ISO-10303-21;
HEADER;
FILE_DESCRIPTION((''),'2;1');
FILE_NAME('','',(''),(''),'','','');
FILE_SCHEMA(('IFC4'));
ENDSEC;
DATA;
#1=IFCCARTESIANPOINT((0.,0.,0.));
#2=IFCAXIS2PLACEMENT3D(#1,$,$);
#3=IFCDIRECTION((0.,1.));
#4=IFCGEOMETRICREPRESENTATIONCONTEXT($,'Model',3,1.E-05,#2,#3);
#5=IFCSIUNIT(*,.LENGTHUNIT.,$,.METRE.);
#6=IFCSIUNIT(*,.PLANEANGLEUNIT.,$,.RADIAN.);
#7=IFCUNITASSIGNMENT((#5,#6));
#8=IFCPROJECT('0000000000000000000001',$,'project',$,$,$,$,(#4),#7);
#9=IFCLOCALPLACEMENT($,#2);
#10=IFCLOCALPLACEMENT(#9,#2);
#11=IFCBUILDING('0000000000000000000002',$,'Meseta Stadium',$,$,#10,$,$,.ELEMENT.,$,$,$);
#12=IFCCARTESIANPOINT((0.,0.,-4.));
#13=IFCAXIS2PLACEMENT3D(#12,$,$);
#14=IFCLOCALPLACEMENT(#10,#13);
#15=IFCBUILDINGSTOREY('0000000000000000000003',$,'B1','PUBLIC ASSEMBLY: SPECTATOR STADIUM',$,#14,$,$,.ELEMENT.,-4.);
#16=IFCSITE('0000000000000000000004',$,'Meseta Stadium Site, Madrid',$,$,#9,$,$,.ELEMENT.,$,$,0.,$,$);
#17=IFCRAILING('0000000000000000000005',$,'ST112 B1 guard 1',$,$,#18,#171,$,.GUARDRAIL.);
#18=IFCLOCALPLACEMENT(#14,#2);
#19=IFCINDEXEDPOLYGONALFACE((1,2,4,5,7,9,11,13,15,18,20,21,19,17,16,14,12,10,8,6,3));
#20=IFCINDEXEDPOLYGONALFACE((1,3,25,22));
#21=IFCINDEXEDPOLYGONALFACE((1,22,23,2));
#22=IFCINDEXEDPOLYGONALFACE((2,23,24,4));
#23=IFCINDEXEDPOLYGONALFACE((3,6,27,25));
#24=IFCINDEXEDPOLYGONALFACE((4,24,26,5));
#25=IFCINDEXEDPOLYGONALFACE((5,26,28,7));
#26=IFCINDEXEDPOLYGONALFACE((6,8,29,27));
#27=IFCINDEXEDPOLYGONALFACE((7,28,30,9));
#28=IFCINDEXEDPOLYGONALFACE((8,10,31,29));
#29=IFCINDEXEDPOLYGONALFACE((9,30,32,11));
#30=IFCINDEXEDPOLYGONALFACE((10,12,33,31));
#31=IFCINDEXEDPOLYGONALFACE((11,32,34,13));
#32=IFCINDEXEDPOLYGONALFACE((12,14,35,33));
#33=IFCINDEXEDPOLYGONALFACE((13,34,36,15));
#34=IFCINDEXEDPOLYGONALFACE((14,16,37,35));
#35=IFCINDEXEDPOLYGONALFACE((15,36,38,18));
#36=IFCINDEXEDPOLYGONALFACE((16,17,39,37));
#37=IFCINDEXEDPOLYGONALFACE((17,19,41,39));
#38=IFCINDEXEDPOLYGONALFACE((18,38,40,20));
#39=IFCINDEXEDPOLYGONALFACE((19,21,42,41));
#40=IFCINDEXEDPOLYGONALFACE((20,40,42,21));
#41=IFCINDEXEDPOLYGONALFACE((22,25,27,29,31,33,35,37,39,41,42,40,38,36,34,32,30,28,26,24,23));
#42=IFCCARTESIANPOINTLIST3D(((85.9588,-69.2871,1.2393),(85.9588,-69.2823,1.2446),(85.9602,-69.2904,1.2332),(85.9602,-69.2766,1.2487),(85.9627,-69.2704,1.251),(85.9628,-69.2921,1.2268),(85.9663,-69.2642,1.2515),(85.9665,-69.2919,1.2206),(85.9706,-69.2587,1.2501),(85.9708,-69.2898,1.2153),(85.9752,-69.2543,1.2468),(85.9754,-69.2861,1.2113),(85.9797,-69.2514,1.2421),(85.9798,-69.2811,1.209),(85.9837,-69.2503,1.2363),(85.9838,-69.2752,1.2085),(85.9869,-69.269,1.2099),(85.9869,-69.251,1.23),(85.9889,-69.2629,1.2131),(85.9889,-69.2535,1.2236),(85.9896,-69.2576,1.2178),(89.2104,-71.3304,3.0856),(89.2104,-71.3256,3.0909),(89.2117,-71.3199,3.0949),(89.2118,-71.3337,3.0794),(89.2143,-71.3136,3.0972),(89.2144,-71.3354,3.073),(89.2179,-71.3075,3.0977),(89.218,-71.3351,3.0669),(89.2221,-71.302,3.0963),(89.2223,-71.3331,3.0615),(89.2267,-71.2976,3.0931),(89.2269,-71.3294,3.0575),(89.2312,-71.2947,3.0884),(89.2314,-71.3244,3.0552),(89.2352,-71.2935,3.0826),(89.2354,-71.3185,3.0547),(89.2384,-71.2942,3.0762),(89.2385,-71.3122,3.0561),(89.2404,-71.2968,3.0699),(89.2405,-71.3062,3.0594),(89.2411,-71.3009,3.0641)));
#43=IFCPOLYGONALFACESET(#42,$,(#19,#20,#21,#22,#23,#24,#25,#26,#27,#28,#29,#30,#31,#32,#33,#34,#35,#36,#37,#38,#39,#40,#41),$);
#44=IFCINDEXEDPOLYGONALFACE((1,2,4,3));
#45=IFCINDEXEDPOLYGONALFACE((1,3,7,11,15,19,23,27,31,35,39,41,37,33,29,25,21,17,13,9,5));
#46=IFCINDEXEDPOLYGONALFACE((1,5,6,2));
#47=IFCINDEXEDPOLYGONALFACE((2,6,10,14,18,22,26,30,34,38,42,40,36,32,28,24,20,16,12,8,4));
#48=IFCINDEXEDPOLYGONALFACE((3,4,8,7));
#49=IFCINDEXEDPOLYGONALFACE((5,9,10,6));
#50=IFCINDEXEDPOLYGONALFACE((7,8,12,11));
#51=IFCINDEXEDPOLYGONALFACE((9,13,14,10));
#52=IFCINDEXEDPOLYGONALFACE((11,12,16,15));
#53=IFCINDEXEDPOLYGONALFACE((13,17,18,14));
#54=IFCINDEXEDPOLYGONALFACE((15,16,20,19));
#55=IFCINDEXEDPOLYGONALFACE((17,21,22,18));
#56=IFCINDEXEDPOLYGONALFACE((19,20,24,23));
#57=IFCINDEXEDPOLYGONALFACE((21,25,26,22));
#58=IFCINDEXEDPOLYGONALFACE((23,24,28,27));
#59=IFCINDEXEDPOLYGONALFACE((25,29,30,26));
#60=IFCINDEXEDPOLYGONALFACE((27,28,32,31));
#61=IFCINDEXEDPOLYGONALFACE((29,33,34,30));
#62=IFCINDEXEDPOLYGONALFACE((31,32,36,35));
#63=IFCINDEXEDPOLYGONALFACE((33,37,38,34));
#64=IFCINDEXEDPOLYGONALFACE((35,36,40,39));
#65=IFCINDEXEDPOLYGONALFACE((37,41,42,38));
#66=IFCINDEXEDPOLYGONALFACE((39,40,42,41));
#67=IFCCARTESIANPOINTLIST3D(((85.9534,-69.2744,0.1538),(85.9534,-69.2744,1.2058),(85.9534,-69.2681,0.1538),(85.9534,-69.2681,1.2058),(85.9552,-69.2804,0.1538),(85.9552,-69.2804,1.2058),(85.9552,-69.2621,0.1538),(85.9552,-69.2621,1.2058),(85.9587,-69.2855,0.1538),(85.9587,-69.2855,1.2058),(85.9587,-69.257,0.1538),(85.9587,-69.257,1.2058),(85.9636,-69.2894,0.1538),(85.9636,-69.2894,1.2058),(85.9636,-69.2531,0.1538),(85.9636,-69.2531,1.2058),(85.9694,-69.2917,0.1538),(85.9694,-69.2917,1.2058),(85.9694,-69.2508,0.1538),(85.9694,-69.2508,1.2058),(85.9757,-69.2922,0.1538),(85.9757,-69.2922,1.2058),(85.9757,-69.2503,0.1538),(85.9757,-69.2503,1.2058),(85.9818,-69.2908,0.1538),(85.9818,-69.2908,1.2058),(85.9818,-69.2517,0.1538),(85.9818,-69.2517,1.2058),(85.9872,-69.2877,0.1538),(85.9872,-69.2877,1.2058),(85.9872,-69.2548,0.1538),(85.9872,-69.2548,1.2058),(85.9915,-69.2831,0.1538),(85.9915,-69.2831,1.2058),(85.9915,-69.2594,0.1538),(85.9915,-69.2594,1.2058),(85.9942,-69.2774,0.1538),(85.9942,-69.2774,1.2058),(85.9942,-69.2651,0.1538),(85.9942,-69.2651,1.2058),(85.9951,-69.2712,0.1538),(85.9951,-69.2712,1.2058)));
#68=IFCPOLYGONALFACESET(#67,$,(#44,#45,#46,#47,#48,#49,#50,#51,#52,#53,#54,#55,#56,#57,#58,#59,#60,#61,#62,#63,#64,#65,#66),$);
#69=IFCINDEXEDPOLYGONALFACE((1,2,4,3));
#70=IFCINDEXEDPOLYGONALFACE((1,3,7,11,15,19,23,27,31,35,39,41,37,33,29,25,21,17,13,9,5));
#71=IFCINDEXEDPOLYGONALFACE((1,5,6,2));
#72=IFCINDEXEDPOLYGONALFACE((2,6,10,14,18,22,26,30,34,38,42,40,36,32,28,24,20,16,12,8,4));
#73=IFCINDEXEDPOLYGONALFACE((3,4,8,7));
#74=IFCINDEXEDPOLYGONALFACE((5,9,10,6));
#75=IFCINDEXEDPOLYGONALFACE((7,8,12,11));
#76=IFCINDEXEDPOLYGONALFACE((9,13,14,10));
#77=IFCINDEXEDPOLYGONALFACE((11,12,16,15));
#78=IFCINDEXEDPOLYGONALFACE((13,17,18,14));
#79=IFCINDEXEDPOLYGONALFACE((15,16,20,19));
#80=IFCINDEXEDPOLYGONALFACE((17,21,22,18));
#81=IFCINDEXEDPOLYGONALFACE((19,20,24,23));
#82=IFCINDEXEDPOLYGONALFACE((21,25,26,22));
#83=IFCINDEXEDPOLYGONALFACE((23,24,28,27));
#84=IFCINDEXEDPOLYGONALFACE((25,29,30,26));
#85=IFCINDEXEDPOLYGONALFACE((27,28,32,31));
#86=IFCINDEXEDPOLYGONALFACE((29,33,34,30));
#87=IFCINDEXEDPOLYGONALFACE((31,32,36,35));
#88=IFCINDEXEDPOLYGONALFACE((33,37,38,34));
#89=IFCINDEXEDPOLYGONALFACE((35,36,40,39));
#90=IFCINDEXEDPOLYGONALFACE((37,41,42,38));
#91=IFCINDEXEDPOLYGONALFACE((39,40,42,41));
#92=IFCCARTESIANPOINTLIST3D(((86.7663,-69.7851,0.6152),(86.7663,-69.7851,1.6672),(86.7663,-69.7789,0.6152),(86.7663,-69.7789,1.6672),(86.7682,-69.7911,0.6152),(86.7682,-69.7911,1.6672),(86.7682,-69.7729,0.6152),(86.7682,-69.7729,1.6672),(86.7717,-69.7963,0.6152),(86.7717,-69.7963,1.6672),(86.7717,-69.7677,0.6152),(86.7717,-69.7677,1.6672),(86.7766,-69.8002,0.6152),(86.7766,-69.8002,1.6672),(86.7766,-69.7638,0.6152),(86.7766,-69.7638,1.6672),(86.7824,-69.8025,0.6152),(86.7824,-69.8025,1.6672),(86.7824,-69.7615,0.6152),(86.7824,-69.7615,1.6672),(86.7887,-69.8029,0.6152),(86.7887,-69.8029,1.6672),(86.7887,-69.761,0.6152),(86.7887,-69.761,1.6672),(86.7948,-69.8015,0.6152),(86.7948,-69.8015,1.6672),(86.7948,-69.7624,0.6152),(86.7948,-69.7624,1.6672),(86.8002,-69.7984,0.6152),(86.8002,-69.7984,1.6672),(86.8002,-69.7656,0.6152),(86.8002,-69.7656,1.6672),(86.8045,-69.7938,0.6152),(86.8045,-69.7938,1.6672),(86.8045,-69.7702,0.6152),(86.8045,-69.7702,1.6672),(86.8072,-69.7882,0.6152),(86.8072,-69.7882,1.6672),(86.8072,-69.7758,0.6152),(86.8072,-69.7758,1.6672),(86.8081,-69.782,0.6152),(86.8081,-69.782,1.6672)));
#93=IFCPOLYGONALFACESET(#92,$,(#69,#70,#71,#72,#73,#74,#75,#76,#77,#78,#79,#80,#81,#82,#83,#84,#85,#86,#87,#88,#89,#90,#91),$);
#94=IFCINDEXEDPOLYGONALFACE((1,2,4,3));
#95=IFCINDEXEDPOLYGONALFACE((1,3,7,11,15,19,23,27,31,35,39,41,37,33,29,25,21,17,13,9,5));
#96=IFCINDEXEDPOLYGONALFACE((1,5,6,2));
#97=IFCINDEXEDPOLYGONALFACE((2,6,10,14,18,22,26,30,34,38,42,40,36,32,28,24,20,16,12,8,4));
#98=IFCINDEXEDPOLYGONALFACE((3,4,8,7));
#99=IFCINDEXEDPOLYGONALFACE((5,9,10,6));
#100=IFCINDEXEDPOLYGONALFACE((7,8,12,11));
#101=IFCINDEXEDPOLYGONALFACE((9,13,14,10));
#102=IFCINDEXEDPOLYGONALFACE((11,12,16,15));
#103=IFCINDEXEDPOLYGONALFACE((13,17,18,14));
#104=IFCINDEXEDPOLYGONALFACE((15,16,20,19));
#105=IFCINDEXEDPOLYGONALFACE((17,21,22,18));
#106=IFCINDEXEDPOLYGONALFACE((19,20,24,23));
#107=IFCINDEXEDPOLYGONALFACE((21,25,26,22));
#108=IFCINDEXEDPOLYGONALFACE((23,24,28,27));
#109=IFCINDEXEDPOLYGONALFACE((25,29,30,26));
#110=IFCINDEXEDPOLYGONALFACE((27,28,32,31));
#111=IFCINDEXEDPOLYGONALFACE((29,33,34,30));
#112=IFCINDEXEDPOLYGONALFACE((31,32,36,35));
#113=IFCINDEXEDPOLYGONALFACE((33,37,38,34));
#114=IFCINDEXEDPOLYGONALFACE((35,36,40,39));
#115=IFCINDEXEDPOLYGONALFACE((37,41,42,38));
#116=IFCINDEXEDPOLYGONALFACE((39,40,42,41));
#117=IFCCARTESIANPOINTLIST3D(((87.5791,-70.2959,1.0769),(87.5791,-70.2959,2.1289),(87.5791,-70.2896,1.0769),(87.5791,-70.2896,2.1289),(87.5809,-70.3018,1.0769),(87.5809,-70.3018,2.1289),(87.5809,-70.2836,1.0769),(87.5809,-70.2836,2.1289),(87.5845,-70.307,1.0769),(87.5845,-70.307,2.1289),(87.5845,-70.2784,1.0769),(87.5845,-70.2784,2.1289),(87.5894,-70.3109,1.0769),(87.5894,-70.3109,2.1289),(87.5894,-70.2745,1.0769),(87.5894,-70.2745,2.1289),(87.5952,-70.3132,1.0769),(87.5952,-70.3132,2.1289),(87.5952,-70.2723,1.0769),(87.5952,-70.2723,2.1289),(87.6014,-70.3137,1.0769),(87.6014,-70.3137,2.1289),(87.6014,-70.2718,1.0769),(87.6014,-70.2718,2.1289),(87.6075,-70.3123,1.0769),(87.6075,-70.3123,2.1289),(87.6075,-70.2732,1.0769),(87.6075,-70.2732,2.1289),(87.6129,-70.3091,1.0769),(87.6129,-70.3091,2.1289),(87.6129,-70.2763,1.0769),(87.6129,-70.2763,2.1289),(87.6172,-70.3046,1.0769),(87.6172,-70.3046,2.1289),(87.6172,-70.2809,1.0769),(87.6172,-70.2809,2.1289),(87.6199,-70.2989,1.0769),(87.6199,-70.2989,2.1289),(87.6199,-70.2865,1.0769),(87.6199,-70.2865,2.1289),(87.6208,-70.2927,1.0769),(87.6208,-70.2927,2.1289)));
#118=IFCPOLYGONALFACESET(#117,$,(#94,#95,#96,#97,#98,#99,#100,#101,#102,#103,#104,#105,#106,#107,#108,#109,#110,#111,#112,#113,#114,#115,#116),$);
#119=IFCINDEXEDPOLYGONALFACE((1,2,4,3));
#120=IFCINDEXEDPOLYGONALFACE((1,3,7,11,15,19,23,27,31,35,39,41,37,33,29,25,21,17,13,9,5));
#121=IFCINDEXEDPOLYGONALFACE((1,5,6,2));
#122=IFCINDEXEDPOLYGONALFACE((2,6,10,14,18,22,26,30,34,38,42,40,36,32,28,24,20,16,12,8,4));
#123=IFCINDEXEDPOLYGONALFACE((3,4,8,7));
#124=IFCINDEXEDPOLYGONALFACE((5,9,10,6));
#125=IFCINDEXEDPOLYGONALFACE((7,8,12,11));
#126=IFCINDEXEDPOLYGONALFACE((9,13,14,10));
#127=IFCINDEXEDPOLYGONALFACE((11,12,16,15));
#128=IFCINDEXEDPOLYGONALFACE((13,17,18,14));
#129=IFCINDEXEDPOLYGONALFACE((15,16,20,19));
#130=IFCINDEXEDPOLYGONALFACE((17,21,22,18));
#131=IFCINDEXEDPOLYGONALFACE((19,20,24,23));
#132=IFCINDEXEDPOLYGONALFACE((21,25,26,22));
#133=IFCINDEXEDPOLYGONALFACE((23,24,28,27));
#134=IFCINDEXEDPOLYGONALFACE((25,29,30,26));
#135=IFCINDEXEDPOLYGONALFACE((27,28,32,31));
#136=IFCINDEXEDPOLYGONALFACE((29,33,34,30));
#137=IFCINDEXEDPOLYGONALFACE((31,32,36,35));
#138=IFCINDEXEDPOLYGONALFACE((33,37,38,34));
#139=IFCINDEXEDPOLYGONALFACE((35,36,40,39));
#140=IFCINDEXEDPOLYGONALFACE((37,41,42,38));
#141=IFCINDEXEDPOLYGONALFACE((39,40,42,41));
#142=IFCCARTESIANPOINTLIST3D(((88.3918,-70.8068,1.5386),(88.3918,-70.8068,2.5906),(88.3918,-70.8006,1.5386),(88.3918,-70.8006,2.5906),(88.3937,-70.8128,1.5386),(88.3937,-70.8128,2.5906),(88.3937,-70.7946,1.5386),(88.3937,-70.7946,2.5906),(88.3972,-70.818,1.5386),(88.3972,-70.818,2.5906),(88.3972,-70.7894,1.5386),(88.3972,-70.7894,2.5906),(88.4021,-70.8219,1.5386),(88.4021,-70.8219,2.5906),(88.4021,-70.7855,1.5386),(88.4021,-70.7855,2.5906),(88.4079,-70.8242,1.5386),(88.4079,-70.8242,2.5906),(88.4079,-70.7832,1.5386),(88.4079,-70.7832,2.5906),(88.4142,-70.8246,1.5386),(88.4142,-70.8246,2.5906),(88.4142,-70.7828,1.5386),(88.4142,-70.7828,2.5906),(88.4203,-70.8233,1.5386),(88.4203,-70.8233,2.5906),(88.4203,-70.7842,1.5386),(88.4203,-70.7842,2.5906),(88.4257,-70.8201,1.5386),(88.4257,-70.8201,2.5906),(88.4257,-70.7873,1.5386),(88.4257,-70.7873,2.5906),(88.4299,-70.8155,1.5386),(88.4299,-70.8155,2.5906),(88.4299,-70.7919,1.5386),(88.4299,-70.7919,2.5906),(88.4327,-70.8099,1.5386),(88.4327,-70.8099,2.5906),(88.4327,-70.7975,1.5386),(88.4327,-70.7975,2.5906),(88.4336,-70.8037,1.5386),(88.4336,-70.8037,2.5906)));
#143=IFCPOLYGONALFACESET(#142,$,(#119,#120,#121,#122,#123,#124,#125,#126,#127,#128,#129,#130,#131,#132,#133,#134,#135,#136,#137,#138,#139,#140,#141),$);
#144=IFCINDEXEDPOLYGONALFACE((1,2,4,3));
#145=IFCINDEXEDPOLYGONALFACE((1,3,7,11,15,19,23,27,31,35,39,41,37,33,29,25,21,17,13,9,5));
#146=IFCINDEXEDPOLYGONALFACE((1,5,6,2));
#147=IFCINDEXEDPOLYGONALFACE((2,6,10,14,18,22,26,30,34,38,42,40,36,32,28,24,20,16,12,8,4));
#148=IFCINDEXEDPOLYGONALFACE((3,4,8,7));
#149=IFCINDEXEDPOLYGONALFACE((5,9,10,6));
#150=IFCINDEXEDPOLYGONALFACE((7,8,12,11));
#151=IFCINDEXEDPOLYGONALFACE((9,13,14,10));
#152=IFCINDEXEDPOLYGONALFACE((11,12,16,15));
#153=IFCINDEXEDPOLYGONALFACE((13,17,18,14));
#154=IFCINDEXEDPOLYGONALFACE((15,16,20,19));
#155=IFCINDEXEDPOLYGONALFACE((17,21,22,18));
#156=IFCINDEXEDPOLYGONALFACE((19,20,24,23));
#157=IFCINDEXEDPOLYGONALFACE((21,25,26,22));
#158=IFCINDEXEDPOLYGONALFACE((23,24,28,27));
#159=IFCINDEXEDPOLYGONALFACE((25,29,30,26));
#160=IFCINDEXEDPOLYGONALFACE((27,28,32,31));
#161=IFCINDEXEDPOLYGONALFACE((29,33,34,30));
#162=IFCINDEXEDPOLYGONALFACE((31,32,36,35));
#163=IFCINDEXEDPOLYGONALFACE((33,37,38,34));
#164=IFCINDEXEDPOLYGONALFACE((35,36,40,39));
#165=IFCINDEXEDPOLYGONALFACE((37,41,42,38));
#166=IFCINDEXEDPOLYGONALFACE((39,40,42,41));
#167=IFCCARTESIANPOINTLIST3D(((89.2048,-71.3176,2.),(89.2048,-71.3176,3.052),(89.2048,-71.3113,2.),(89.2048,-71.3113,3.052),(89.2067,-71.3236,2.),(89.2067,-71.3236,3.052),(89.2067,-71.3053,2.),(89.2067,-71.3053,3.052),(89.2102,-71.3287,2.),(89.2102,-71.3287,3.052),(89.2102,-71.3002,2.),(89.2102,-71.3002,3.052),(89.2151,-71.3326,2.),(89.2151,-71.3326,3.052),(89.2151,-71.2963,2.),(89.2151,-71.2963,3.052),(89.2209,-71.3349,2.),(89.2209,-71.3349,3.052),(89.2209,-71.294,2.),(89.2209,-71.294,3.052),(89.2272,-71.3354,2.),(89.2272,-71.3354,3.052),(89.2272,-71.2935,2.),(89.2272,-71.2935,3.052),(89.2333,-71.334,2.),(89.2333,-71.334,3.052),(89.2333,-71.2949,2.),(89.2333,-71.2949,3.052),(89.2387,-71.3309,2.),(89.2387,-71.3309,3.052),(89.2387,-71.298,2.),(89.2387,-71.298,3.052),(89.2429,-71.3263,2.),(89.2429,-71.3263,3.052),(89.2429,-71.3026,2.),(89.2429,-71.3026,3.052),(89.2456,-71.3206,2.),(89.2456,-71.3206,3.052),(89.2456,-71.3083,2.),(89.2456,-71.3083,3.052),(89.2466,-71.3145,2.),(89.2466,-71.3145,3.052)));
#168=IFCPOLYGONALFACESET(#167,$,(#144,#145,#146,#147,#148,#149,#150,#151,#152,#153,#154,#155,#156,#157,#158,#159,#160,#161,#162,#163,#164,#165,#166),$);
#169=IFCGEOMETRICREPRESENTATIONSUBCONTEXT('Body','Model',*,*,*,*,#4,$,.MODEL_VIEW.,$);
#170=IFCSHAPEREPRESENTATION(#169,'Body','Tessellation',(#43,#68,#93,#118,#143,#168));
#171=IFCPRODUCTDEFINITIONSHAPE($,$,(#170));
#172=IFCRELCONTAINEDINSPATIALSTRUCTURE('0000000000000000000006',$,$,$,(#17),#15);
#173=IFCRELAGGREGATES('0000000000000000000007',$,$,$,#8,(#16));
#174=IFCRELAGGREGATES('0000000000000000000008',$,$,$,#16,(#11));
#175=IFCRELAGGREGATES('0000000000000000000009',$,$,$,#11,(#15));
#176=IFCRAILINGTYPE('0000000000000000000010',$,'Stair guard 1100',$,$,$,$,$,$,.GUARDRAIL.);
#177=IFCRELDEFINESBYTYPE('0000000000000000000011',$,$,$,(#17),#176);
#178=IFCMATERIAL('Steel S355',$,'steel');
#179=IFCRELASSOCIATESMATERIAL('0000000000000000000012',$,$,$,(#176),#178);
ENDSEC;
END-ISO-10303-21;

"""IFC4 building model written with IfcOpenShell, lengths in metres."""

from ifc_helpers import new_model, si_unit, direction, frame, origin, origin_2d, place, context, subcontext, project, spatial, circle, extrude, material, type_object, element, save


model = new_model("IFC4")

# Units and contexts
model_context = context("Model", 3, precision=1e-05, world=origin(), true_north=direction((0.0, 1.0)))
body_context = subcontext(model_context, "Body", "Model", "MODEL_VIEW")
ifc_project = project(units=[si_unit("LENGTHUNIT", "METRE"), si_unit("PLANEANGLEUNIT", "RADIAN")], contexts=[model_context])

# Site, building, storey
site_placement = place(None, origin())
site = spatial("IfcSite", under=ifc_project, at=site_placement, Name="Meseta Stadium Site, Madrid", CompositionType="ELEMENT", RefElevation=0.0)
building_placement = place(site_placement, origin())
building = spatial("IfcBuilding", under=site, at=building_placement, Name="Meseta Stadium", CompositionType="ELEMENT")
storey_placement = place(building_placement, frame((0.0, 0.0, -4.0)))
storey = spatial("IfcBuildingStorey", under=building, at=storey_placement, Name="B1", Description="PUBLIC ASSEMBLY: SPECTATOR STADIUM", CompositionType="ELEMENT", Elevation=-4.0)

# Railing
ifc_material_1 = material(Name="Steel S355", Category="steel")
railing_type_1 = type_object("IfcRailingType", Name="Stair guard 1100", PredefinedType="GUARDRAIL", material=ifc_material_1)
railing_1_placement = place(storey_placement, frame((85.9741, -69.2712, 0.1538)))
element("IfcRailing", 1, at=railing_1_placement, inside=storey, type_object=railing_type_1, Name="ST112 B1 guard 1", PredefinedType="GUARDRAIL", context=body_context, shape_type="SweptSolid", body=[
    extrude(circle(Radius=0.0239, at=origin_2d()), frame((0.0, 0.0, 1.0762), z_axis=(0.763096, -0.479527, 0.433288), x_axis=(0.532066, 0.846703, 0.0)), (0.0, 0.0, 1.0), 4.261),
    extrude(circle(Radius=0.021, at=origin_2d()), origin(), (0.0, 0.0, 1.0), 1.052),
    extrude(circle(Radius=0.021, at=origin_2d()), frame((0.813, -0.5107, 0.4614)), (0.0, 0.0, 1.0), 1.052),
    extrude(circle(Radius=0.021, at=origin_2d()), frame((1.6257, -1.0215, 0.9231)), (0.0, 0.0, 1.0), 1.052),
    extrude(circle(Radius=0.021, at=origin_2d()), frame((2.4385, -1.5325, 1.3848)), (0.0, 0.0, 1.0), 1.052),
    extrude(circle(Radius=0.021, at=origin_2d()), frame((3.2515, -2.0432, 1.8462)), (0.0, 0.0, 1.0), 1.052),
])

save(model, "model.ifc")
